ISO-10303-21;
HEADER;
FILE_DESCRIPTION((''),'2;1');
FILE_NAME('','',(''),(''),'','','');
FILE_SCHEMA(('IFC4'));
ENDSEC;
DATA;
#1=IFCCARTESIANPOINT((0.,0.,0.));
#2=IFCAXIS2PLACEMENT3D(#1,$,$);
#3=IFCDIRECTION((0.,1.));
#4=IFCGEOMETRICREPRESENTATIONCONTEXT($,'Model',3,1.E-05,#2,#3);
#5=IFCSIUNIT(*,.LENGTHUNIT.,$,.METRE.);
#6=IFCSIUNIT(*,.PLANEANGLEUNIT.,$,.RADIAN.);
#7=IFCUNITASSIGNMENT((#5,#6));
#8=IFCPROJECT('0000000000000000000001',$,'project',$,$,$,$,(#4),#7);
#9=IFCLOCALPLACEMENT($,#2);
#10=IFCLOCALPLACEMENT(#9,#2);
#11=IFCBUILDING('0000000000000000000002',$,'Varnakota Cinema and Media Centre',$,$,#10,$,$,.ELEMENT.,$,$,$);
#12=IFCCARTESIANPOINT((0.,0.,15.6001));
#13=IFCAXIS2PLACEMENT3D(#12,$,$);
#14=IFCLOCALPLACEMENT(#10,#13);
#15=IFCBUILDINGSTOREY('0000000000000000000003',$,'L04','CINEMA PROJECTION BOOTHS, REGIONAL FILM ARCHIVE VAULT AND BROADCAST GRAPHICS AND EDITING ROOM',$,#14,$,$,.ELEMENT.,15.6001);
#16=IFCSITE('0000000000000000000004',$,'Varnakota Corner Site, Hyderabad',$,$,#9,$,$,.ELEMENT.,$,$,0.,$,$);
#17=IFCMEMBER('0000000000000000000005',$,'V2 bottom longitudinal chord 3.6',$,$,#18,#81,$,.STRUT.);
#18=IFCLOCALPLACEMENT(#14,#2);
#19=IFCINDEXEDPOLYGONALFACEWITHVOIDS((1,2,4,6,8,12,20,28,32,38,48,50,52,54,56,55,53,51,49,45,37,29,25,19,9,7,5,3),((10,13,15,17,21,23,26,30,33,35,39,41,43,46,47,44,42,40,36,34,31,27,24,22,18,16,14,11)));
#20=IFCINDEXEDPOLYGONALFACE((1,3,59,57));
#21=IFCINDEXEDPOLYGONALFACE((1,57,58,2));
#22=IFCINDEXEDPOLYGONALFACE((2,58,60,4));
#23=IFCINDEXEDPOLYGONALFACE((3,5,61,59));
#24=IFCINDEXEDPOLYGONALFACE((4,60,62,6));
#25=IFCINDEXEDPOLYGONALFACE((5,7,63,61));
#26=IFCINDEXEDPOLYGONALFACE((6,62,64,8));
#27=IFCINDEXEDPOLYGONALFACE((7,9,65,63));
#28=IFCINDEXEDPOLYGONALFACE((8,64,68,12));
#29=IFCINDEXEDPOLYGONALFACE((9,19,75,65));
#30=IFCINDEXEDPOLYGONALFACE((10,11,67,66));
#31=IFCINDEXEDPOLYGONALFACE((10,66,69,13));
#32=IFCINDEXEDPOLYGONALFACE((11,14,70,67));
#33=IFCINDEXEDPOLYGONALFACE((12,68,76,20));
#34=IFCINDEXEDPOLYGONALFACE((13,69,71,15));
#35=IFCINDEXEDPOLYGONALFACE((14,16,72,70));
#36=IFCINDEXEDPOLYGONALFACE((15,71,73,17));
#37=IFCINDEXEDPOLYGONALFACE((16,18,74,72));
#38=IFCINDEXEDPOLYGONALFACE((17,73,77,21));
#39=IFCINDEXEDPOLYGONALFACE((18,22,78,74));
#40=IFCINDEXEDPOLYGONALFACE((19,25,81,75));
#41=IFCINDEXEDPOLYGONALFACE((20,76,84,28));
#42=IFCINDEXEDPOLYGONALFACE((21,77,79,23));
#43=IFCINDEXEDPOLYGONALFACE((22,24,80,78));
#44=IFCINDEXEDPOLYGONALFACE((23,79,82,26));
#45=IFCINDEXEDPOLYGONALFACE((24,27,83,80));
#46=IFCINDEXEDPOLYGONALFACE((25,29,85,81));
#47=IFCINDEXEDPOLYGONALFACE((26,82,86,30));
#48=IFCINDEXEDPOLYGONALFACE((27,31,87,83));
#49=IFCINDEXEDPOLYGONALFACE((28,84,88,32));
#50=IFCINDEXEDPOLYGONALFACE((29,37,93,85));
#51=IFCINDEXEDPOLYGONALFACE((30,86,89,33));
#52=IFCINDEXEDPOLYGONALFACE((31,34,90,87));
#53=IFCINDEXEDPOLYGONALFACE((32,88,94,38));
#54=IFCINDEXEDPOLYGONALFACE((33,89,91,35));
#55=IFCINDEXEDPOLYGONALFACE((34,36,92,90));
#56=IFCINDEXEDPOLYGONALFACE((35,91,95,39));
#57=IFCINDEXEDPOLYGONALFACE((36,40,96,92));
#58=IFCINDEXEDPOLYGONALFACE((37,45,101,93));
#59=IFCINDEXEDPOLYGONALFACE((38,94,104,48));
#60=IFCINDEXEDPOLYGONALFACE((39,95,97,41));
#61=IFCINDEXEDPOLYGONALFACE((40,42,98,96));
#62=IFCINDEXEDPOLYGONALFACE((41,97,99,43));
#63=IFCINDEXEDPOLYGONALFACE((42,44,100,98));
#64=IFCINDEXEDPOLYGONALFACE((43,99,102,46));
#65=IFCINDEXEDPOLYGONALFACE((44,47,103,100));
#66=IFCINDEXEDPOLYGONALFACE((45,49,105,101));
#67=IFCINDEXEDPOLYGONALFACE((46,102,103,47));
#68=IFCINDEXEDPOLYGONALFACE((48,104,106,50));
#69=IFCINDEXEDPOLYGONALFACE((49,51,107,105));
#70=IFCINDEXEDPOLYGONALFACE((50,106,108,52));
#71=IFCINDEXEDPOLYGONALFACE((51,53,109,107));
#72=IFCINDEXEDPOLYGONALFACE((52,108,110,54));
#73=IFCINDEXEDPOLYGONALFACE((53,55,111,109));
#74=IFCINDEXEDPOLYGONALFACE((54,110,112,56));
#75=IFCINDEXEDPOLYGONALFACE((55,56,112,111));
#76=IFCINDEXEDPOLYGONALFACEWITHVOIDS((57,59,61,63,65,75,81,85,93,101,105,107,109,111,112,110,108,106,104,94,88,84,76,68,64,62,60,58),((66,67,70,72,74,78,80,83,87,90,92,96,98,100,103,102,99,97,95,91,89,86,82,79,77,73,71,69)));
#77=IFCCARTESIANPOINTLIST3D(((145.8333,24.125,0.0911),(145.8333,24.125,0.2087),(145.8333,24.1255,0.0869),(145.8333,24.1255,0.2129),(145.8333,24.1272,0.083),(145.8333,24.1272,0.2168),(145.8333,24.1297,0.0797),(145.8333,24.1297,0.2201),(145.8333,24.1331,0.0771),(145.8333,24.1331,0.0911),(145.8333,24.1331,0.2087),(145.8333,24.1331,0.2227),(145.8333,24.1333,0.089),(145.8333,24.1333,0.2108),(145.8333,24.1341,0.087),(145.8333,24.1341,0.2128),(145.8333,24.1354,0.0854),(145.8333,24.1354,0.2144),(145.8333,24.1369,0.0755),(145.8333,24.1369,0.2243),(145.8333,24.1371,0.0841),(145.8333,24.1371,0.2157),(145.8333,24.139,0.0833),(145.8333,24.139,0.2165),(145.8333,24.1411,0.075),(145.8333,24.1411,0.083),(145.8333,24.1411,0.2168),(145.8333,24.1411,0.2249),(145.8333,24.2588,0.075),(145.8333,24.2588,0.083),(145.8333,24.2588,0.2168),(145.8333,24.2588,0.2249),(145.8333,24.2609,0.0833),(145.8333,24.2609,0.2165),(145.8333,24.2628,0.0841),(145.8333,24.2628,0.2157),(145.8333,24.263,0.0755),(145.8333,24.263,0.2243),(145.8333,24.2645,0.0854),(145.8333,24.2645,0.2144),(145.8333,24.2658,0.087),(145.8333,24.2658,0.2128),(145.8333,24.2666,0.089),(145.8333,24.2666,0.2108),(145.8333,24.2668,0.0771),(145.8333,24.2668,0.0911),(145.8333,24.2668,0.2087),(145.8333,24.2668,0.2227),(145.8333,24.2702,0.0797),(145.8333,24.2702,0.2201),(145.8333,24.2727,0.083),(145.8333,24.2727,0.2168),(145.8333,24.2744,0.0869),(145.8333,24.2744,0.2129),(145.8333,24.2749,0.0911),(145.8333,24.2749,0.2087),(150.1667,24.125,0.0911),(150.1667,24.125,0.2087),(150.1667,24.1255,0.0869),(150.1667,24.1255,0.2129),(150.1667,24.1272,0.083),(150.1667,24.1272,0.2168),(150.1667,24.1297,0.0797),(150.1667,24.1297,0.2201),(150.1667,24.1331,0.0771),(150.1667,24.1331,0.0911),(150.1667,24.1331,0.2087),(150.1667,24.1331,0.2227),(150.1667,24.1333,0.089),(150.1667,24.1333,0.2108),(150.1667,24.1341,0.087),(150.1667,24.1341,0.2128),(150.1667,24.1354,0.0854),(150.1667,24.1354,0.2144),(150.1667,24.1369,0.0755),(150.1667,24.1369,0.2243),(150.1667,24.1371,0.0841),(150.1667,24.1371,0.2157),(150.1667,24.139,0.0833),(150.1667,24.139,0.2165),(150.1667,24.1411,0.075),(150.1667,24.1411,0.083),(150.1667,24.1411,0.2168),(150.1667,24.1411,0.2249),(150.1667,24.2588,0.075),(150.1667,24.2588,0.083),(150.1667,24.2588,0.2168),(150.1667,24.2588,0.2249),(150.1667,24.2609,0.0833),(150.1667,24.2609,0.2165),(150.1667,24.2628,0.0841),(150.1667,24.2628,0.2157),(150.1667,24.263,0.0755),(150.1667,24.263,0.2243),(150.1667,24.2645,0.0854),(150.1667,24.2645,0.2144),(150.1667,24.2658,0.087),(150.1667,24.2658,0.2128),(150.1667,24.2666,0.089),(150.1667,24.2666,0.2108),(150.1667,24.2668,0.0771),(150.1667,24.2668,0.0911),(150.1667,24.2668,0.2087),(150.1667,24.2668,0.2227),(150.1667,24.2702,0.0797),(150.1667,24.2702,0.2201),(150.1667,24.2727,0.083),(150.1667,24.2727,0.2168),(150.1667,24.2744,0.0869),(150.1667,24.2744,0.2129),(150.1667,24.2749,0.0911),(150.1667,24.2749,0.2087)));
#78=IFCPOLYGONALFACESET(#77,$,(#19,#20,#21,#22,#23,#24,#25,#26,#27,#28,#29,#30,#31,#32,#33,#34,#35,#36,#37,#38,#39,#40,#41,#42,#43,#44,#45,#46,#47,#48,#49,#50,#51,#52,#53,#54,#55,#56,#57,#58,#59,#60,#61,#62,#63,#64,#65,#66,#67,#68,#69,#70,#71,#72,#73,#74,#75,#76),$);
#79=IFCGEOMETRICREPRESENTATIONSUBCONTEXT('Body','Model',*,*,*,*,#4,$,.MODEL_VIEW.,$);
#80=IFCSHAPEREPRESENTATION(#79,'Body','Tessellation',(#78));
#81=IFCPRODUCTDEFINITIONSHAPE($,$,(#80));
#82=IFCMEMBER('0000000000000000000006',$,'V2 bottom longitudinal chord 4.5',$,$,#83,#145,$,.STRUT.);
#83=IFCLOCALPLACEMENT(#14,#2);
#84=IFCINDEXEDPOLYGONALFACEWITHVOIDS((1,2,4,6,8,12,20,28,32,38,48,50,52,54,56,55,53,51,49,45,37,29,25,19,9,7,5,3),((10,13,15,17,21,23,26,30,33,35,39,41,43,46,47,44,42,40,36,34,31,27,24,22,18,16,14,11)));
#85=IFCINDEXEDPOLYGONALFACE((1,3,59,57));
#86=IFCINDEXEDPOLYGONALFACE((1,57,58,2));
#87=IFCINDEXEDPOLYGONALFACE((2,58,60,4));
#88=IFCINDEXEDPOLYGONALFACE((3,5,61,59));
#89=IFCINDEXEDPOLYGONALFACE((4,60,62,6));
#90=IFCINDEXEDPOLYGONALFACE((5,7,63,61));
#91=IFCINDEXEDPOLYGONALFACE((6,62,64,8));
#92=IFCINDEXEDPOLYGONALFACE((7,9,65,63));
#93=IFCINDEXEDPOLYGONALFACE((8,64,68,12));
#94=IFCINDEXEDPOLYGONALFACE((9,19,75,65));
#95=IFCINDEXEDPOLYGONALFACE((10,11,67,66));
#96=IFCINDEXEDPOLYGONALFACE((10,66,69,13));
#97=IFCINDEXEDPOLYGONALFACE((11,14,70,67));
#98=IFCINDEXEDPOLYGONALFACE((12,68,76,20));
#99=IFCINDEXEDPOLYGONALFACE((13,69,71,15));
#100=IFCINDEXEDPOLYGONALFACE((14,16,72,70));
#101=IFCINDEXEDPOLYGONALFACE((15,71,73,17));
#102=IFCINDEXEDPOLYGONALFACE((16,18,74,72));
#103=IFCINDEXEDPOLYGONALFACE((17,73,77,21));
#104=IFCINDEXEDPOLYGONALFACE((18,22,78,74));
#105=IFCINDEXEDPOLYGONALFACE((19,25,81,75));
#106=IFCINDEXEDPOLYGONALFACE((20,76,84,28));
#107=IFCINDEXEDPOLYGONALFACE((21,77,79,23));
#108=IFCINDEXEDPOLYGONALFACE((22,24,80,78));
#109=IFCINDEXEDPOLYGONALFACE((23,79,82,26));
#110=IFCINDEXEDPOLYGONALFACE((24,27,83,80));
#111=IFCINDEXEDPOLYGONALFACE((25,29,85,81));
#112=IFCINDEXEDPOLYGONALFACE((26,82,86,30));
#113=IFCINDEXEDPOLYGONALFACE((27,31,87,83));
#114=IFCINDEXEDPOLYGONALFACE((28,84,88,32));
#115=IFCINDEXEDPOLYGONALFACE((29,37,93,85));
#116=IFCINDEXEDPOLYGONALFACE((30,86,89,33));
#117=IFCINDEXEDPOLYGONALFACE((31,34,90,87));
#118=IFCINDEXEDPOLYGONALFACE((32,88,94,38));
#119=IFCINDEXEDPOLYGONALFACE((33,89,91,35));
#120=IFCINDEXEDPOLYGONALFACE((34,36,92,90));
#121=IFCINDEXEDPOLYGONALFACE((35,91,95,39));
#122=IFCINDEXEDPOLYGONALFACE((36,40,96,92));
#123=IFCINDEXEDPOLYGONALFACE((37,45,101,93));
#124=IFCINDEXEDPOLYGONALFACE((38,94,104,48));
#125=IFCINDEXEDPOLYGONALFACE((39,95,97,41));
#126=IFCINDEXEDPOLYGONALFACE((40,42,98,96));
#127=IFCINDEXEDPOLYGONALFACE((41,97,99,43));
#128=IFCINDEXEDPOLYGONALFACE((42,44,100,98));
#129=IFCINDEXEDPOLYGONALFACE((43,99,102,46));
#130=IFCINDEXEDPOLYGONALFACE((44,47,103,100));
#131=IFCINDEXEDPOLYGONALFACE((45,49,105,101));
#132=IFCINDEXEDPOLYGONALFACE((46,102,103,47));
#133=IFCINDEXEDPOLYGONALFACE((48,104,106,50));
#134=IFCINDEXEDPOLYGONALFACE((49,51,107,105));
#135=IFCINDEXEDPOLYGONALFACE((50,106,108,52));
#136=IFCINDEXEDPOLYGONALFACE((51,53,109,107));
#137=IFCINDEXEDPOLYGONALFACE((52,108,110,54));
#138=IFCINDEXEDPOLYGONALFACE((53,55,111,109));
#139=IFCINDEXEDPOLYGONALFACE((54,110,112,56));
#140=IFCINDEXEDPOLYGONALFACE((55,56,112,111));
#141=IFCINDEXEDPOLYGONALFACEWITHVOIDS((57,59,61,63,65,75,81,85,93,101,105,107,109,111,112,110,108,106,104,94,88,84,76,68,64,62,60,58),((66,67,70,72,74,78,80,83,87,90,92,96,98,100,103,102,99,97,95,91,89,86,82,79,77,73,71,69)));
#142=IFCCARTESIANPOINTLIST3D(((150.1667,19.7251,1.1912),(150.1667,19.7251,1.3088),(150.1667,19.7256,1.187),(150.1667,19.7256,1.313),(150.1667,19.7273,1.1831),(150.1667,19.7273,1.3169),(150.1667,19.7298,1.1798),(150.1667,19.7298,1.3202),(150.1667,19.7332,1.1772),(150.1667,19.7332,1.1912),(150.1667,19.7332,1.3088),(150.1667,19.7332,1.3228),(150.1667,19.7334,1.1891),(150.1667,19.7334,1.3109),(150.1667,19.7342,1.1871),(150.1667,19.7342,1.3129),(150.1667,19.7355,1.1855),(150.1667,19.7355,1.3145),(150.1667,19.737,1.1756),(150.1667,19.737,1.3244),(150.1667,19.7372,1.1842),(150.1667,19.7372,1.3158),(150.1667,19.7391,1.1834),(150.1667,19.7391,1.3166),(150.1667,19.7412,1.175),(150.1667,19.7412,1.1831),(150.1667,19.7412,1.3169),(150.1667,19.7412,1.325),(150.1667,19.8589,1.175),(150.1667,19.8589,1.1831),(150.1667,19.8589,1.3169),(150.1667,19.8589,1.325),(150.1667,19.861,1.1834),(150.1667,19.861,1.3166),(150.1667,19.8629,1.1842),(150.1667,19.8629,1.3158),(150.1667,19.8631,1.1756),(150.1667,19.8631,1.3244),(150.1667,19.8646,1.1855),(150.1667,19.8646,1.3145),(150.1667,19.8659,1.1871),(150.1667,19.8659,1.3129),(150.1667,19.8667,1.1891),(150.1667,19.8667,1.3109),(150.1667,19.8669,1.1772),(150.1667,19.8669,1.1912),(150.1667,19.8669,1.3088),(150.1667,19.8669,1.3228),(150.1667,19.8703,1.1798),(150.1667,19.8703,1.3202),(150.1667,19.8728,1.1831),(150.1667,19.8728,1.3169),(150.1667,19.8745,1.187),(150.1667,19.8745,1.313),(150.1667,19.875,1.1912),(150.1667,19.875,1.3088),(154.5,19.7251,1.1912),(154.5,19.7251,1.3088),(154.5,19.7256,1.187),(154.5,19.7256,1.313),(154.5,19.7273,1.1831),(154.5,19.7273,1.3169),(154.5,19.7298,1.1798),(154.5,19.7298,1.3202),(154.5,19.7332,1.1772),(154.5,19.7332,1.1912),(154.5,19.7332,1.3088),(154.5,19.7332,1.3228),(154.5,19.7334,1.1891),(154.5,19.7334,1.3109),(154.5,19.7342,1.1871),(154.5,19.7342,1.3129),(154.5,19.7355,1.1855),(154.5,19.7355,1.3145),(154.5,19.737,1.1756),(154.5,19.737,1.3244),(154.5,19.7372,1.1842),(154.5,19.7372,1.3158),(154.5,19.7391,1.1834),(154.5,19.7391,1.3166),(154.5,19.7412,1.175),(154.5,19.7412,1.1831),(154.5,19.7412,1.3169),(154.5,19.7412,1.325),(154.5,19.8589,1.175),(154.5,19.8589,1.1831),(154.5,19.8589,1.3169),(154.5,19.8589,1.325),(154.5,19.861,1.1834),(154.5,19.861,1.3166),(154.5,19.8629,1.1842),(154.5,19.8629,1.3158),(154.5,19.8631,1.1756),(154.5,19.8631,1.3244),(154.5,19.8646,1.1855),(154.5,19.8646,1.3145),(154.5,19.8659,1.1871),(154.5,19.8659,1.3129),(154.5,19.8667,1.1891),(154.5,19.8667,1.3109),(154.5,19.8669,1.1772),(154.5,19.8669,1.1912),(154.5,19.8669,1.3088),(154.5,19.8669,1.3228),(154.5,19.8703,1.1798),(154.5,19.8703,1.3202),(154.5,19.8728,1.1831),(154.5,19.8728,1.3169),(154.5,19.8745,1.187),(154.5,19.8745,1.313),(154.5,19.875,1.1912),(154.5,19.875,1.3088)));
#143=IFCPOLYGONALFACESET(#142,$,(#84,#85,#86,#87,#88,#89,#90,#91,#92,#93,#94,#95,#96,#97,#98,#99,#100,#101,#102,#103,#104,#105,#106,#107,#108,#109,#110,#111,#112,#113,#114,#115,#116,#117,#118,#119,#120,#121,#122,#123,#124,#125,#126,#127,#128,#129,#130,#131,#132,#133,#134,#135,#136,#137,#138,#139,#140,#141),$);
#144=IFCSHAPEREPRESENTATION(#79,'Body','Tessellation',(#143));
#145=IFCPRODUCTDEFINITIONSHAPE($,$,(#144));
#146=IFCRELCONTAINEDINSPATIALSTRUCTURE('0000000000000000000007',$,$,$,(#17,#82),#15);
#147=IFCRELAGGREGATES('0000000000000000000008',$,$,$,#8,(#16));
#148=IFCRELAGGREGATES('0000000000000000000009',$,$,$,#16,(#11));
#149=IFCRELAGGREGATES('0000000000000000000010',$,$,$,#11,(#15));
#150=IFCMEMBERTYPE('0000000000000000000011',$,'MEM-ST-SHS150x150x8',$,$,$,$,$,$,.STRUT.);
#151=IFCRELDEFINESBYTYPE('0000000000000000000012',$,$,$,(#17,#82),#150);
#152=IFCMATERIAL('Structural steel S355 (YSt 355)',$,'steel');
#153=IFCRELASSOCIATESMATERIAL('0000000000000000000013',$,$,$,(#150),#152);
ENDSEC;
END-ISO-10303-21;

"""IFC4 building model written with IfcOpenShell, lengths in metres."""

from ifc_helpers import new_model, si_unit, direction, frame, origin, origin_2d, place, context, subcontext, project, spatial, hollow_rectangle, extrude, material, material_profile, profile_set, type_object, element, save


model = new_model("IFC4")

# Units and contexts
model_context = context("Model", 3, precision=1e-05, world=origin(), true_north=direction((0.0, 1.0)))
body_context = subcontext(model_context, "Body", "Model", "MODEL_VIEW")
ifc_project = project(units=[si_unit("LENGTHUNIT", "METRE"), si_unit("PLANEANGLEUNIT", "RADIAN")], contexts=[model_context])

# Site, building, storey
site_placement = place(None, origin())
site = spatial("IfcSite", under=ifc_project, at=site_placement, Name="Varnakota Corner Site, Hyderabad", CompositionType="ELEMENT", RefElevation=0.0)
building_placement = place(site_placement, origin())
building = spatial("IfcBuilding", under=site, at=building_placement, Name="Varnakota Cinema and Media Centre", CompositionType="ELEMENT")
storey_placement = place(building_placement, frame((0.0, 0.0, 15.6001)))
storey = spatial("IfcBuildingStorey", under=building, at=storey_placement, Name="L04", Description="CINEMA PROJECTION BOOTHS, REGIONAL FILM ARCHIVE VAULT AND BROADCAST GRAPHICS AND EDITING ROOM", CompositionType="ELEMENT", Elevation=15.6001)

# Members
ifc_material_1 = material(Name="Structural steel S355 (YSt 355)", Category="steel")
ifc_material_profile_1 = material_profile(ifc_material_1, hollow_rectangle(XDim=0.1499, YDim=0.1499, WallThickness=0.0081, InnerFilletRadius=0.0081, OuterFilletRadius=0.0161, at=origin_2d()), Name="SHS 150x150x8")
ifc_profile_set_1 = profile_set([ifc_material_profile_1], Name="Structural steel S355 (YSt 355)")
member_type_1 = type_object("IfcMemberType", Name="MEM-ST-SHS150x150x8", PredefinedType="STRUT", material=ifc_profile_set_1)
for number, where, z_axis, x_axis, name in (
    (1, (145.8333, 24.2, 0.1499), (1.0, 0.0, 0.0), (0.0, 1.0, 0.0), "V2 bottom longitudinal chord 3.6"),
):
    element("IfcMember", number, at=place(storey_placement, frame(where, z_axis=z_axis, x_axis=x_axis)), inside=storey, type_object=member_type_1, Name=name, PredefinedType="STRUT", context=body_context, shape_type="SweptSolid", body=[
        extrude(hollow_rectangle(XDim=0.1499, YDim=0.1499, WallThickness=0.0081, InnerFilletRadius=0.0081, OuterFilletRadius=0.0161, at=origin_2d()), origin(), (0.0, 0.0, 1.0), 4.3335),
    ])
member_1_placement = place(storey_placement, frame((150.1667, 19.8, 1.25), z_axis=(1.0, 0.0, 0.0), x_axis=(0.0, 1.0, 0.0)))
element("IfcMember", 2, at=member_1_placement, inside=storey, type_object=member_type_1, Name="V2 bottom longitudinal chord 4.5", PredefinedType="STRUT", context=body_context, shape_type="SweptSolid", body=[
    extrude(hollow_rectangle(XDim=0.1499, YDim=0.1499, WallThickness=0.0081, InnerFilletRadius=0.0081, OuterFilletRadius=0.0161, at=origin_2d()), origin(), (0.0, 0.0, 1.0), 4.3333),
])

save(model, "model.ifc")
